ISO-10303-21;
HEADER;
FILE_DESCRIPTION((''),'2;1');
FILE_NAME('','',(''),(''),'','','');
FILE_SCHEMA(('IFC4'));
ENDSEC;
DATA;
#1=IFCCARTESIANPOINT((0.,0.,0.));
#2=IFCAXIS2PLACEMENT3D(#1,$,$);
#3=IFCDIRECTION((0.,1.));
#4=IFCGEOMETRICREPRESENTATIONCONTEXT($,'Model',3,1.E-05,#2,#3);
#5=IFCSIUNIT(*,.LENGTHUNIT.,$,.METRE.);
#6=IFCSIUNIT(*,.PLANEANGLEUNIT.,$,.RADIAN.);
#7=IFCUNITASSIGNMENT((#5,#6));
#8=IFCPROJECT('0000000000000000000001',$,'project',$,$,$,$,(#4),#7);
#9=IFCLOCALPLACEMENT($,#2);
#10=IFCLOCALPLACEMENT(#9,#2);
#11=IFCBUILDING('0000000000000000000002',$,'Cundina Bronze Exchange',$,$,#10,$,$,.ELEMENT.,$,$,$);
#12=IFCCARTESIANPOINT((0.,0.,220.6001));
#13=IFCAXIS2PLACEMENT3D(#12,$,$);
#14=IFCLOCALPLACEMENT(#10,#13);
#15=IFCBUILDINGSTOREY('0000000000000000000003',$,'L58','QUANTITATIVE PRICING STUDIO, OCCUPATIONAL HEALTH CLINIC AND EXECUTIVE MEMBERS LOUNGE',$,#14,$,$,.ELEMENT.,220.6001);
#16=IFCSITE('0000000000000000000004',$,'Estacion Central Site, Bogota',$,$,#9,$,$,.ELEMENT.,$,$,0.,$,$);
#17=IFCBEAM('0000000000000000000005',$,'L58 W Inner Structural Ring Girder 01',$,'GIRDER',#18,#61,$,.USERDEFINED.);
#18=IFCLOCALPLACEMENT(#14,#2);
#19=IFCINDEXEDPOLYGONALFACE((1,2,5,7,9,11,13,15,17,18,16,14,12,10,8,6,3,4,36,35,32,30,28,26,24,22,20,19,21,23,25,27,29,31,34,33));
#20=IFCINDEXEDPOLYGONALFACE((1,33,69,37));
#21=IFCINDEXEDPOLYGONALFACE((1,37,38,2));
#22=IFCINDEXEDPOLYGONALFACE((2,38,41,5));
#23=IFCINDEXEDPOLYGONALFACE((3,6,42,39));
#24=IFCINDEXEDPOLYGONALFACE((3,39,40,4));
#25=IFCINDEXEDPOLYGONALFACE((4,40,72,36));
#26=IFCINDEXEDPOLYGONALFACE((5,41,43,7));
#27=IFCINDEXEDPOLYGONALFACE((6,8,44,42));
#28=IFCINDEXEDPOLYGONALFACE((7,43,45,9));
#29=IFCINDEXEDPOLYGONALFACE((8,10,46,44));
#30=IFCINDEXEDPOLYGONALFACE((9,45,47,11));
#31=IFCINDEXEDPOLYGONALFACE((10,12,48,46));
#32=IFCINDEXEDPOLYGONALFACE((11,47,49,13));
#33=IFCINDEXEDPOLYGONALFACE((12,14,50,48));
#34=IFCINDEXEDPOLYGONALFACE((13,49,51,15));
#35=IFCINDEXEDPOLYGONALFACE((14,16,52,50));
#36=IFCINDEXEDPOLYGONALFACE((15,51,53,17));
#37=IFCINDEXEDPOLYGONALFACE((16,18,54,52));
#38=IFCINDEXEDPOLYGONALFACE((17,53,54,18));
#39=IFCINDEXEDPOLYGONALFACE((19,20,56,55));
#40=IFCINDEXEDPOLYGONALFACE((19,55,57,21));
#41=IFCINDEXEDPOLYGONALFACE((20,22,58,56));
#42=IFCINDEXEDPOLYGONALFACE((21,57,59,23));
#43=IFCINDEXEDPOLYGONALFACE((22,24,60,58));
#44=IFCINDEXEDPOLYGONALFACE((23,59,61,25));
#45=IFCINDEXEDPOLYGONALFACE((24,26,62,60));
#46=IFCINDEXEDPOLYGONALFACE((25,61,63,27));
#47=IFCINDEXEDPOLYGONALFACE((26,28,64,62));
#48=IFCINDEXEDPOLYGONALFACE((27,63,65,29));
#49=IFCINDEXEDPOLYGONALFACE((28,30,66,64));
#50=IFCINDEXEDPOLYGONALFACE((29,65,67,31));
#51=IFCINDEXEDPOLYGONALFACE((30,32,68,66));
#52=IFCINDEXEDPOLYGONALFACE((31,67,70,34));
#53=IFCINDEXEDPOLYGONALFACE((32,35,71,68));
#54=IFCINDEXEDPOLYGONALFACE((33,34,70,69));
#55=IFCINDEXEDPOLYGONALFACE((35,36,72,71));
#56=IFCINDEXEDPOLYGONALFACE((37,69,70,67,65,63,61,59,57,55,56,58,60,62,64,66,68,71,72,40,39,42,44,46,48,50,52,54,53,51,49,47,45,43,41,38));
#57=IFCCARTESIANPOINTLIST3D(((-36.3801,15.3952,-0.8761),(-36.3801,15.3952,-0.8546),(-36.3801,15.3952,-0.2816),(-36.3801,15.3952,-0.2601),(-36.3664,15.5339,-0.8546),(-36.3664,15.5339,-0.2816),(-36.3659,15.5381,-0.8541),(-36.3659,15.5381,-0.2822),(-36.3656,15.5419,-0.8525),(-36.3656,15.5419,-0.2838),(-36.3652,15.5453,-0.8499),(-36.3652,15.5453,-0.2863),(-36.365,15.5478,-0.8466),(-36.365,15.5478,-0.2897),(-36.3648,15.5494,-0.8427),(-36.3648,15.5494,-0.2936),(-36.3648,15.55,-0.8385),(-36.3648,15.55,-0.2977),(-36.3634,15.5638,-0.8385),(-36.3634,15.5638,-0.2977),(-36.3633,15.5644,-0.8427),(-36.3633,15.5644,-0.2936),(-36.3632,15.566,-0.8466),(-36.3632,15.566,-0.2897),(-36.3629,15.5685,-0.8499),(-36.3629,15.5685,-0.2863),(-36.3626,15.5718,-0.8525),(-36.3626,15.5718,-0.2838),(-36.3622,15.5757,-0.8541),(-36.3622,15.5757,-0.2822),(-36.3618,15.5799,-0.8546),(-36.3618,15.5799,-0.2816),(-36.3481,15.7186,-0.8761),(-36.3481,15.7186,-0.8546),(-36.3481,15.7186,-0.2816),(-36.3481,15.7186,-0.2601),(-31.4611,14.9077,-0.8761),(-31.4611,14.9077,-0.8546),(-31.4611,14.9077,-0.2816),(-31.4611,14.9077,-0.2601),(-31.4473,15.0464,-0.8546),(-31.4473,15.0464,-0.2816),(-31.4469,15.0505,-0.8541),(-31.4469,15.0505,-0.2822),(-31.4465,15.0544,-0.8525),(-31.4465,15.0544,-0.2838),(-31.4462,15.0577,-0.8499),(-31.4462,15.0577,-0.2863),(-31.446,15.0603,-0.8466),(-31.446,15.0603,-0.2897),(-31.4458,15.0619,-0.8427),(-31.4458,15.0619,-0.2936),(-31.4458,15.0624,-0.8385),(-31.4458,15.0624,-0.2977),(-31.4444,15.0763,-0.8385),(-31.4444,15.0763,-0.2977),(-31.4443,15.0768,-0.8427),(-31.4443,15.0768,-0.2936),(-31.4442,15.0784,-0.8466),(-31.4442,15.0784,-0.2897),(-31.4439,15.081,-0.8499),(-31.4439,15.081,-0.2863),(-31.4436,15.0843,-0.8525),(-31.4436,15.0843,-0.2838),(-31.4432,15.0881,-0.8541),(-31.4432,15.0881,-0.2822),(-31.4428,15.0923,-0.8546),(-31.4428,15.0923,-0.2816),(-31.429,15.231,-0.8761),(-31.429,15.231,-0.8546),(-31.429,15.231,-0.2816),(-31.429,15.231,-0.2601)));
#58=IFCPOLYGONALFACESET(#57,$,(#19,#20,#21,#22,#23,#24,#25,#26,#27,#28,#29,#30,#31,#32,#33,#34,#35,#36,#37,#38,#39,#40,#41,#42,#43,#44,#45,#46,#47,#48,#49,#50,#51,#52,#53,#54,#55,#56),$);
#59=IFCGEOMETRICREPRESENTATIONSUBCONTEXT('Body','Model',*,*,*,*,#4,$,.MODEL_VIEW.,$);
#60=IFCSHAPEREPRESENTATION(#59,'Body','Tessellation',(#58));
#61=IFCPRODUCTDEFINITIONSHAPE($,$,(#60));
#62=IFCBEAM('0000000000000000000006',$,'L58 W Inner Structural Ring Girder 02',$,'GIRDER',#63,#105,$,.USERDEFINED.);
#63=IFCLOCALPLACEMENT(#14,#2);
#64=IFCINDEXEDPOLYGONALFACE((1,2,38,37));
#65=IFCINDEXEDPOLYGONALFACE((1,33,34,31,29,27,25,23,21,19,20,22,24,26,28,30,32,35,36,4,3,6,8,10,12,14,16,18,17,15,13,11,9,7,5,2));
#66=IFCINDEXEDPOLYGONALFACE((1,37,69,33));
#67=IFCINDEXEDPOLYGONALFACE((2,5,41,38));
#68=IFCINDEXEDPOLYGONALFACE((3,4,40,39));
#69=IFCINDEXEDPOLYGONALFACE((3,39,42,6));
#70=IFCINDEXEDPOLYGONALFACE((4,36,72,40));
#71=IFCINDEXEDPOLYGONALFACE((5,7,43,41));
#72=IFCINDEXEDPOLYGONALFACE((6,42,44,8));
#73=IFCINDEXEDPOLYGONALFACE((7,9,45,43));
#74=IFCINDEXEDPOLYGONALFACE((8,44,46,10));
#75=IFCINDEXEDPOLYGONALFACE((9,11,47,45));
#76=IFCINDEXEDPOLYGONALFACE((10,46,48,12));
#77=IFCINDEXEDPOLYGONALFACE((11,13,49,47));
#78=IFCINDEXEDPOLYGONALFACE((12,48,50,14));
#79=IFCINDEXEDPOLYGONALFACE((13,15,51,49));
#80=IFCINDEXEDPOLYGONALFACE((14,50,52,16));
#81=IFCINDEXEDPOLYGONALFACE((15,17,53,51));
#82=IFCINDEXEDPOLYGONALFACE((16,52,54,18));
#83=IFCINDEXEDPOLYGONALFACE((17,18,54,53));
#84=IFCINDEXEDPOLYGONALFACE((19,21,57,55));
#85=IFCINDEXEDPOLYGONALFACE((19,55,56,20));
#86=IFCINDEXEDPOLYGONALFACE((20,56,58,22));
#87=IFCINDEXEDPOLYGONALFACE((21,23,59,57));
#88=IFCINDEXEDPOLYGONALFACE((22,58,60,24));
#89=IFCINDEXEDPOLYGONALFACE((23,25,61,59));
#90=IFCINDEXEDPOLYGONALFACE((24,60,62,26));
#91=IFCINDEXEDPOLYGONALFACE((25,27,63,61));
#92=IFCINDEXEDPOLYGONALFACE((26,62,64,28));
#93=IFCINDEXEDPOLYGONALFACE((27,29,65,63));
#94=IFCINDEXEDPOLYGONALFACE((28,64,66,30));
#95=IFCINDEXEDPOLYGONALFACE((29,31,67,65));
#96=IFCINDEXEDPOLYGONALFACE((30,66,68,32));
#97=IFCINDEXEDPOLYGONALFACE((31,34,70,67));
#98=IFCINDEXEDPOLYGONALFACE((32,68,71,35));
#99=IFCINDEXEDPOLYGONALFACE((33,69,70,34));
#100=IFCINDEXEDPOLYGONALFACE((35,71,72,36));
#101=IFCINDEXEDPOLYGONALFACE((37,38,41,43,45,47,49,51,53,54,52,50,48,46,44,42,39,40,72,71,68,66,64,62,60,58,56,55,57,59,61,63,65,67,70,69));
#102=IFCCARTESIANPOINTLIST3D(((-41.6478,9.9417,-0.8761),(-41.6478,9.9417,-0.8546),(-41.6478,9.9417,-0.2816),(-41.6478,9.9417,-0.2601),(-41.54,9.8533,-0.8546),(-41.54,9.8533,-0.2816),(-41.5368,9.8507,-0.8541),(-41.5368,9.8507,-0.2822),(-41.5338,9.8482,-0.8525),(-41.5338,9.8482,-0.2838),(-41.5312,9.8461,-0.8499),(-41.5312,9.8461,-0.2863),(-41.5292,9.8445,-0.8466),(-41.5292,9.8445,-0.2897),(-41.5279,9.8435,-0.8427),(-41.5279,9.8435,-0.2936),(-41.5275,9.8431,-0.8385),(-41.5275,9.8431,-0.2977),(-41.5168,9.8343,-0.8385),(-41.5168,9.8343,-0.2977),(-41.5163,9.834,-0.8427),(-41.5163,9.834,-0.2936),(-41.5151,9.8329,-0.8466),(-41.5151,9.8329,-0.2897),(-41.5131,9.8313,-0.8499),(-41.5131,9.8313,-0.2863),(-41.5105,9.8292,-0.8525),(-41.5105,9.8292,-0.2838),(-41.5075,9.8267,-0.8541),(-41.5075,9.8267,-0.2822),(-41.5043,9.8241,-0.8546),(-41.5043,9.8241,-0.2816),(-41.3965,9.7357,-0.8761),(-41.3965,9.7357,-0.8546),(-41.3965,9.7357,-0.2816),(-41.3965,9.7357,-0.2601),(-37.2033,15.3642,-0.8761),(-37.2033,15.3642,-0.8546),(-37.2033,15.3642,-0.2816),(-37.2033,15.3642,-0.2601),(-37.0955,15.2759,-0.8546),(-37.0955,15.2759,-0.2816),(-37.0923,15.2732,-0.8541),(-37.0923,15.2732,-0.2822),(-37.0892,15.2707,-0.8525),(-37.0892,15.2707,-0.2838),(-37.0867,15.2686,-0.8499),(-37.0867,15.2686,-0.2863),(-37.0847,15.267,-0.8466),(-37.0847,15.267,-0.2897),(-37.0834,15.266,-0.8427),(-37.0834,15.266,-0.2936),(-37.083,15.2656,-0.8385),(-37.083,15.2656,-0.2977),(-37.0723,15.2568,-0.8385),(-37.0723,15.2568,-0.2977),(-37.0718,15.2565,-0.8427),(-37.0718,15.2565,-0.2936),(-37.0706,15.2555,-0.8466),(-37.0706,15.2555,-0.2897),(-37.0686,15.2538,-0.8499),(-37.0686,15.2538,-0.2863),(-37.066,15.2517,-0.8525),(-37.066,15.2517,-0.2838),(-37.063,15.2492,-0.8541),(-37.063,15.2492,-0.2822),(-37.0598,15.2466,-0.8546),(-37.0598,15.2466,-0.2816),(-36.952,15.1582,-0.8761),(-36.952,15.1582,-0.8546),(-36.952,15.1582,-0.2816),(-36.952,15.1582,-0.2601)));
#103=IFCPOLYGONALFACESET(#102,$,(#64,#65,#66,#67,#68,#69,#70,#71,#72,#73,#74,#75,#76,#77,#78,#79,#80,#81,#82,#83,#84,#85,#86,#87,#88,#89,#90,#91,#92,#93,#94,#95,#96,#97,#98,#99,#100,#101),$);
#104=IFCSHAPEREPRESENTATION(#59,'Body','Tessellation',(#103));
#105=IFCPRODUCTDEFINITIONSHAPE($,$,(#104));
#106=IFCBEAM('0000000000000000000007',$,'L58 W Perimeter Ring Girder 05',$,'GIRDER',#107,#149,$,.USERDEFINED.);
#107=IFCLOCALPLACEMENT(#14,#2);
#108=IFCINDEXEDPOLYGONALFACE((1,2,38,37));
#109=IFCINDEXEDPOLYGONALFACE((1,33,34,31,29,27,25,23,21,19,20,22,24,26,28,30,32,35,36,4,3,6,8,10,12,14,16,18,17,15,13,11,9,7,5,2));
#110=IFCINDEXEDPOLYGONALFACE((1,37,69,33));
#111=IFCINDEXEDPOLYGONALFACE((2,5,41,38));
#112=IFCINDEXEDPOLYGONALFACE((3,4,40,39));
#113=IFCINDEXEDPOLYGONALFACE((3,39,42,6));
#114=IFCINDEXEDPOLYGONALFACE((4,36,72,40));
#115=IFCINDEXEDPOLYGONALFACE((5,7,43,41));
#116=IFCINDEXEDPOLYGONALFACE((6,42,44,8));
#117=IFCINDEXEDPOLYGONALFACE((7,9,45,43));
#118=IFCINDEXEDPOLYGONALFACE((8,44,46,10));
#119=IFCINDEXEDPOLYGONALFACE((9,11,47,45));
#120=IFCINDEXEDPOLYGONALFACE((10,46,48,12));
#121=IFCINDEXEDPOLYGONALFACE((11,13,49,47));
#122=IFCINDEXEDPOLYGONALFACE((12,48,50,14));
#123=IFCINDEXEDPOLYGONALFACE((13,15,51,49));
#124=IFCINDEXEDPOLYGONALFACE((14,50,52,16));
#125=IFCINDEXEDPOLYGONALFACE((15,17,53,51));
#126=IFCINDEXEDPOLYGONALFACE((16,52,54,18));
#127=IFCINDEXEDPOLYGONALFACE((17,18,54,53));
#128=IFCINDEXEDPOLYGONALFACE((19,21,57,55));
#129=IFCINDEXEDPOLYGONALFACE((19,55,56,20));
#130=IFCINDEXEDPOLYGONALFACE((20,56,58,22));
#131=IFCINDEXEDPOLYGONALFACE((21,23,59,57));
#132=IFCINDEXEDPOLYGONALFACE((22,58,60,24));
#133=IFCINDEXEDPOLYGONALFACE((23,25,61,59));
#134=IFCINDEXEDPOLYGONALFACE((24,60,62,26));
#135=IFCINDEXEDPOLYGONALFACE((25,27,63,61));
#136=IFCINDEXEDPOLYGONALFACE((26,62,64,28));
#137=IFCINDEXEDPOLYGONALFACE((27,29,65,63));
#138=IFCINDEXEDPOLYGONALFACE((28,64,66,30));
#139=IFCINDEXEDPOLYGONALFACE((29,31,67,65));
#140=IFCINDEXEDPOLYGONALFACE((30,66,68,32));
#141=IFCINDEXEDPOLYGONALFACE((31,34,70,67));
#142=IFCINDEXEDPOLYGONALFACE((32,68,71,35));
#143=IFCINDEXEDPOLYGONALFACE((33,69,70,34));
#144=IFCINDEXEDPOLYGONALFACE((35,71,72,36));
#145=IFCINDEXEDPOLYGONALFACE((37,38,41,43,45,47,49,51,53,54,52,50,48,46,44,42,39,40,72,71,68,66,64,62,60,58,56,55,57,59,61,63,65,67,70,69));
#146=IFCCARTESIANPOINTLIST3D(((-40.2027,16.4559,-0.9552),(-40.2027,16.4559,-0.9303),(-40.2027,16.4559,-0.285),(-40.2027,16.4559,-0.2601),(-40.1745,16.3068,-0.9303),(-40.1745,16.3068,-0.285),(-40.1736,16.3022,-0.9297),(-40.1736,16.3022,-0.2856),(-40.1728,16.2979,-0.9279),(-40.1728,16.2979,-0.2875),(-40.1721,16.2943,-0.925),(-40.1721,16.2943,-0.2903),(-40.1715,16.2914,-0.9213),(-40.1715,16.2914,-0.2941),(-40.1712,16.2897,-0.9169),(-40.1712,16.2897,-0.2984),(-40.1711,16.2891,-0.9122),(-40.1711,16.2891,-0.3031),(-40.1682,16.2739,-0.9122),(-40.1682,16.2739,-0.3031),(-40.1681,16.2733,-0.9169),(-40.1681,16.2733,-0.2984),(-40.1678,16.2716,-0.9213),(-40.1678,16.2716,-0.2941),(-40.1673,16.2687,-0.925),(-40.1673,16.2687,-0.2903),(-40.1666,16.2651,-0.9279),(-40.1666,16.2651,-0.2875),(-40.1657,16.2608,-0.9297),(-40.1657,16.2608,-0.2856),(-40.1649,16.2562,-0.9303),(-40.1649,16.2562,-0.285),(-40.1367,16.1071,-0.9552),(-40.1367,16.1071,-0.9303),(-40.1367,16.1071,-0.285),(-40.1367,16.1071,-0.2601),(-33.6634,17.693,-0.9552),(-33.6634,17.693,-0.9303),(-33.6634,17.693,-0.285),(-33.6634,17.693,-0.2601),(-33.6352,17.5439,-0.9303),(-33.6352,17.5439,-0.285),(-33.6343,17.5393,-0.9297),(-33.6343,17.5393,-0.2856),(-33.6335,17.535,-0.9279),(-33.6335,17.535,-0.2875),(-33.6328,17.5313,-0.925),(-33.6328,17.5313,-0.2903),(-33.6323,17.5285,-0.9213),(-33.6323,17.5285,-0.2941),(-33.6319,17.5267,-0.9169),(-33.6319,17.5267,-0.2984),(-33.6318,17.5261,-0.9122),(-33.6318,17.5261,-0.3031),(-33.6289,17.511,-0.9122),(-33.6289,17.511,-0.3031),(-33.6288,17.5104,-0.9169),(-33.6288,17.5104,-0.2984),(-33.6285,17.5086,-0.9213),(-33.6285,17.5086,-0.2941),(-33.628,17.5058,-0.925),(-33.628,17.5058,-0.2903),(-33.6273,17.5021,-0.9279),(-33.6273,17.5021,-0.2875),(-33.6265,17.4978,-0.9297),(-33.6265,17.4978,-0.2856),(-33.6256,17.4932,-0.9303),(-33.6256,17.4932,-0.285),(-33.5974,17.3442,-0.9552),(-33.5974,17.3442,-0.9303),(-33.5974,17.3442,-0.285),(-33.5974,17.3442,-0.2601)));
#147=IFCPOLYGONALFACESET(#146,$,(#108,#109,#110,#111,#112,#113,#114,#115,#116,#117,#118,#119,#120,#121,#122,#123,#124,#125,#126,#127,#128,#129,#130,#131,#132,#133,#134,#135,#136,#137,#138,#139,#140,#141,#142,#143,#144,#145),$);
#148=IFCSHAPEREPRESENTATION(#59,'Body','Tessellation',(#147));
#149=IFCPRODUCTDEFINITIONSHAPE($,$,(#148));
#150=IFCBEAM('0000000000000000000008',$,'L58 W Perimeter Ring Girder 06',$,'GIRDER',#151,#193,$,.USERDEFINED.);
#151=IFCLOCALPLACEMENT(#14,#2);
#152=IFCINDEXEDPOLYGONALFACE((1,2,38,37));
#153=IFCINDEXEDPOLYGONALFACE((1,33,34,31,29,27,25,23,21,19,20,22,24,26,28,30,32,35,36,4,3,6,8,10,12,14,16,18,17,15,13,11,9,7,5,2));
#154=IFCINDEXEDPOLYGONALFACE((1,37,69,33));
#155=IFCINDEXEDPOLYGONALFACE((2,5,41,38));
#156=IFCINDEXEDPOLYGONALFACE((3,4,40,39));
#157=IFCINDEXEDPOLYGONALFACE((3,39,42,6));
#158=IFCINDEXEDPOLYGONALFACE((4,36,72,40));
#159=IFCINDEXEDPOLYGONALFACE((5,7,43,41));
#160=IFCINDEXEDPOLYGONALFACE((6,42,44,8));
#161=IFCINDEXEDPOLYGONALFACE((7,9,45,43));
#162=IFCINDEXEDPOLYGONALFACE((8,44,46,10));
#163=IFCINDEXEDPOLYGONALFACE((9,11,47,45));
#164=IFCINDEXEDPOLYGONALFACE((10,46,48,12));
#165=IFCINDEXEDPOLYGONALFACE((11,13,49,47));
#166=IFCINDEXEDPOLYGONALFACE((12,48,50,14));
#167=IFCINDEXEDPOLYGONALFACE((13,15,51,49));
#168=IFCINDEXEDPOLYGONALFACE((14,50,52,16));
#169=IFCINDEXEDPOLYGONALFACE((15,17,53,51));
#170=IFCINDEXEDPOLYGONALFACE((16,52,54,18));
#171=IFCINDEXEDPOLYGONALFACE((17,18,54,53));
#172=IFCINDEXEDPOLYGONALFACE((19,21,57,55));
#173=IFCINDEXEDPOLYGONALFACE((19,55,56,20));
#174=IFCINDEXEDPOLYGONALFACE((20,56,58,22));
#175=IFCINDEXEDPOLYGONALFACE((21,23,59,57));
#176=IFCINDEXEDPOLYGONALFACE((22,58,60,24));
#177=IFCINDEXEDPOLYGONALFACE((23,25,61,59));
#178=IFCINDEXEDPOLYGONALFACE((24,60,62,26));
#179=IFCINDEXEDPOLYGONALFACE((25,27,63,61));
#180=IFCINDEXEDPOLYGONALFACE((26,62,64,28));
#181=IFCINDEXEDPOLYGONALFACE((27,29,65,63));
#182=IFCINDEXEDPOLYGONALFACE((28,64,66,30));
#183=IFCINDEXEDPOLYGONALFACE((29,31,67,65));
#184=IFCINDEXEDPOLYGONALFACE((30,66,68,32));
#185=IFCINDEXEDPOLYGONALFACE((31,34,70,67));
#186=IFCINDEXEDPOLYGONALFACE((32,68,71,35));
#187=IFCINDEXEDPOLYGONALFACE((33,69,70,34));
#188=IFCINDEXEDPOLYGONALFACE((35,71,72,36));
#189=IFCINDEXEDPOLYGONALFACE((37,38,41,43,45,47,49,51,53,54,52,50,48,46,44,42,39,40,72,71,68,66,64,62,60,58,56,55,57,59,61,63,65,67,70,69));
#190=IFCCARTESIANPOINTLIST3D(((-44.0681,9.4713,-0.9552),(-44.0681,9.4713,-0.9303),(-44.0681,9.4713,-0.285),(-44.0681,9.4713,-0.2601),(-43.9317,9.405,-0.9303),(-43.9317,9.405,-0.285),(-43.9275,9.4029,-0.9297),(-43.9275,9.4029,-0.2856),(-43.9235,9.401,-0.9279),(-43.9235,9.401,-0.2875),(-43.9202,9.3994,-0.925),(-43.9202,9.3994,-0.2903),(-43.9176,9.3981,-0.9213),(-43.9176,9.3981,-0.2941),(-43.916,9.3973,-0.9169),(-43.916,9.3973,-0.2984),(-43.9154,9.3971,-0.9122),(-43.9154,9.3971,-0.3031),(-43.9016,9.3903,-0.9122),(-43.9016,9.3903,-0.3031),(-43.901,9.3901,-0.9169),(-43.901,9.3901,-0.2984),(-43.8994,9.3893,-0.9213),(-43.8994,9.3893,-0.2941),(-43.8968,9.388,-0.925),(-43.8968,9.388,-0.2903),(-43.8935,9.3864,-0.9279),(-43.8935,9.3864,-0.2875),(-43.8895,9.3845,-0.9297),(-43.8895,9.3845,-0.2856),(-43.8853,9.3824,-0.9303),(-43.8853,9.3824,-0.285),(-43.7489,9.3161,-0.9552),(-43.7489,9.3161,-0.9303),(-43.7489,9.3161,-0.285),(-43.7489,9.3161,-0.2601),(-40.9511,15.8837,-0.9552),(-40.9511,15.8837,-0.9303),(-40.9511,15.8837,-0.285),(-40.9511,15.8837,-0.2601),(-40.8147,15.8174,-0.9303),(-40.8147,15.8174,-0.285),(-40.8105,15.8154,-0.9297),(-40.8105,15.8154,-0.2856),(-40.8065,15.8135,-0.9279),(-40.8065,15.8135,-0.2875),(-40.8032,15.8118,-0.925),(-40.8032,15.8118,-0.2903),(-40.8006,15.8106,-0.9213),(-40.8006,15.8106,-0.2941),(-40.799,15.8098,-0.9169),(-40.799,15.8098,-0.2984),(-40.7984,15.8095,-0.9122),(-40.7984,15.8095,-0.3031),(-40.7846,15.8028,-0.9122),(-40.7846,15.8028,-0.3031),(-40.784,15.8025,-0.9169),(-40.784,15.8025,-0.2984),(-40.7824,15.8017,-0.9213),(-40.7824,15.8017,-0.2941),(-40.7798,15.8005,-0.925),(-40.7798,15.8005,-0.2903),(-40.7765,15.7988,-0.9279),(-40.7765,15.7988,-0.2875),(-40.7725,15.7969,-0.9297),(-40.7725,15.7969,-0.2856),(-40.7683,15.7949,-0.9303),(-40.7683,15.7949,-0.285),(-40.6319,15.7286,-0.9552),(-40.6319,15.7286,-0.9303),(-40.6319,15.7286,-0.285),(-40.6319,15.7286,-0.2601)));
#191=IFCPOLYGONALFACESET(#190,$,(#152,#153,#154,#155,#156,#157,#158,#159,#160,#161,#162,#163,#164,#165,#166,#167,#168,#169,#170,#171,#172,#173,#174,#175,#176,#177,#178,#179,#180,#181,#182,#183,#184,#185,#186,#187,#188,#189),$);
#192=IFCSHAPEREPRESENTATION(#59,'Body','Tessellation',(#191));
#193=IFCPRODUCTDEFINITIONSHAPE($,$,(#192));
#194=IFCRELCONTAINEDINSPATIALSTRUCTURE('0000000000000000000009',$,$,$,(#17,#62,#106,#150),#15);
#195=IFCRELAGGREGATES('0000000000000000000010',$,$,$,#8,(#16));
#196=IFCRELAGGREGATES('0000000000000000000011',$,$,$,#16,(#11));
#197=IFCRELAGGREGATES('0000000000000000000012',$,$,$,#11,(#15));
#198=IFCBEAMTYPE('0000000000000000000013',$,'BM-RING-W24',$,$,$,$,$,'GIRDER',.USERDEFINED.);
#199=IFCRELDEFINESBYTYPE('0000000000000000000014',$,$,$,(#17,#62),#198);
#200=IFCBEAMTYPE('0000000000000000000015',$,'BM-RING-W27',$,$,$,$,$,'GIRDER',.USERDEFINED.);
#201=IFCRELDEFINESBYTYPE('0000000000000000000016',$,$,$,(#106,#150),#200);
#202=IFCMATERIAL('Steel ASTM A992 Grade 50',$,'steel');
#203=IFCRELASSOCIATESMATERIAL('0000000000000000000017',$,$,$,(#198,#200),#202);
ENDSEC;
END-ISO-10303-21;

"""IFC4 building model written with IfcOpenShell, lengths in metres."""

from ifc_helpers import new_model, si_unit, direction, frame, origin, origin_2d, place, context, subcontext, project, spatial, i_section, extrude, material, material_profile, profile_set, type_object, element, save


model = new_model("IFC4")

# Units and contexts
model_context = context("Model", 3, precision=1e-05, world=origin(), true_north=direction((0.0, 1.0)))
body_context = subcontext(model_context, "Body", "Model", "MODEL_VIEW")
ifc_project = project(units=[si_unit("LENGTHUNIT", "METRE"), si_unit("PLANEANGLEUNIT", "RADIAN")], contexts=[model_context])

# Site, building, storey
site_placement = place(None, origin())
site = spatial("IfcSite", under=ifc_project, at=site_placement, Name="Estacion Central Site, Bogota", CompositionType="ELEMENT", RefElevation=0.0)
building_placement = place(site_placement, origin())
building = spatial("IfcBuilding", under=site, at=building_placement, Name="Cundina Bronze Exchange", CompositionType="ELEMENT")
storey_placement = place(building_placement, frame((0.0, 0.0, 220.6001)))
storey = spatial("IfcBuildingStorey", under=building, at=storey_placement, Name="L58", Description="QUANTITATIVE PRICING STUDIO, OCCUPATIONAL HEALTH CLINIC AND EXECUTIVE MEMBERS LOUNGE", CompositionType="ELEMENT", Elevation=220.6001)

# Shared definitions
ifc_material_1 = material(Name="Steel ASTM A992 Grade 50", Category="steel")

# Beams
ifc_material_profile_1 = material_profile(ifc_material_1, i_section(OverallWidth=0.325, OverallDepth=0.616, WebThickness=0.0139, FlangeThickness=0.0215, FilletRadius=0.0161, at=origin_2d()), Name="W24X117", Category="steel")
ifc_profile_set_1 = profile_set([ifc_material_profile_1], Name="Steel ASTM A992 Grade 50")
beam_type_1 = type_object("IfcBeamType", Name="BM-RING-W24", ElementType="GIRDER", PredefinedType="USERDEFINED", material=ifc_profile_set_1)
beam_1_placement = place(storey_placement, frame((-31.4451, 15.0693, -0.5681), z_axis=(-0.995124, 0.098633, 0.0), x_axis=(-0.098633, -0.995124, 0.0)))
element("IfcBeam", 1, at=beam_1_placement, inside=storey, type_object=beam_type_1, Name="L58 W Inner Structural Ring Girder 01", ObjectType="GIRDER", PredefinedType="USERDEFINED", context=body_context, shape_type="SweptSolid", body=[
    extrude(i_section(OverallWidth=0.325, OverallDepth=0.616, WebThickness=0.0139, FlangeThickness=0.0215, FilletRadius=0.0161, at=origin_2d()), origin(), (0.0, 0.0, 1.0), 4.9431),
])
beam_2_placement = place(storey_placement, frame((-37.0776, 15.2612, -0.5681), z_axis=(-0.633913, -0.773405, 0.0), x_axis=(0.773405, -0.633913, 0.0)))
element("IfcBeam", 2, at=beam_2_placement, inside=storey, type_object=beam_type_1, Name="L58 W Inner Structural Ring Girder 02", ObjectType="GIRDER", PredefinedType="USERDEFINED", context=body_context, shape_type="SweptSolid", body=[
    extrude(i_section(OverallWidth=0.325, OverallDepth=0.616, WebThickness=0.0139, FlangeThickness=0.0215, FilletRadius=0.0161, at=origin_2d()), origin(), (0.0, 0.0, 1.0), 7.0112),
])
ifc_material_profile_2 = material_profile(ifc_material_1, i_section(OverallWidth=0.355, OverallDepth=0.6951, WebThickness=0.0154, FlangeThickness=0.0249, FilletRadius=0.0181, at=origin_2d()), Name="W27X146", Category="steel")
ifc_profile_set_2 = profile_set([ifc_material_profile_2], Name="Steel ASTM A992 Grade 50")
beam_type_2 = type_object("IfcBeamType", Name="BM-RING-W27", ElementType="GIRDER", PredefinedType="USERDEFINED", material=ifc_profile_set_2)
beam_3_placement = place(storey_placement, frame((-33.6304, 17.5186, -0.6077), z_axis=(-0.982573, -0.185876, 0.0), x_axis=(0.185876, -0.982573, 0.0)))
element("IfcBeam", 3, at=beam_3_placement, inside=storey, type_object=beam_type_2, Name="L58 W Perimeter Ring Girder 05", ObjectType="GIRDER", PredefinedType="USERDEFINED", context=body_context, shape_type="SweptSolid", body=[
    extrude(i_section(OverallWidth=0.355, OverallDepth=0.6951, WebThickness=0.0154, FlangeThickness=0.0249, FilletRadius=0.0181, at=origin_2d()), origin(), (0.0, 0.0, 1.0), 6.6553),
])
beam_4_placement = place(storey_placement, frame((-40.7915, 15.8062, -0.6077), z_axis=(-0.437173, -0.899377, 0.0), x_axis=(0.899377, -0.437173, 0.0)))
element("IfcBeam", 4, at=beam_4_placement, inside=storey, type_object=beam_type_2, Name="L58 W Perimeter Ring Girder 06", ObjectType="GIRDER", PredefinedType="USERDEFINED", context=body_context, shape_type="SweptSolid", body=[
    extrude(i_section(OverallWidth=0.355, OverallDepth=0.6951, WebThickness=0.0154, FlangeThickness=0.0249, FilletRadius=0.0181, at=origin_2d()), origin(), (0.0, 0.0, 1.0), 7.1299),
])

save(model, "model.ifc")
